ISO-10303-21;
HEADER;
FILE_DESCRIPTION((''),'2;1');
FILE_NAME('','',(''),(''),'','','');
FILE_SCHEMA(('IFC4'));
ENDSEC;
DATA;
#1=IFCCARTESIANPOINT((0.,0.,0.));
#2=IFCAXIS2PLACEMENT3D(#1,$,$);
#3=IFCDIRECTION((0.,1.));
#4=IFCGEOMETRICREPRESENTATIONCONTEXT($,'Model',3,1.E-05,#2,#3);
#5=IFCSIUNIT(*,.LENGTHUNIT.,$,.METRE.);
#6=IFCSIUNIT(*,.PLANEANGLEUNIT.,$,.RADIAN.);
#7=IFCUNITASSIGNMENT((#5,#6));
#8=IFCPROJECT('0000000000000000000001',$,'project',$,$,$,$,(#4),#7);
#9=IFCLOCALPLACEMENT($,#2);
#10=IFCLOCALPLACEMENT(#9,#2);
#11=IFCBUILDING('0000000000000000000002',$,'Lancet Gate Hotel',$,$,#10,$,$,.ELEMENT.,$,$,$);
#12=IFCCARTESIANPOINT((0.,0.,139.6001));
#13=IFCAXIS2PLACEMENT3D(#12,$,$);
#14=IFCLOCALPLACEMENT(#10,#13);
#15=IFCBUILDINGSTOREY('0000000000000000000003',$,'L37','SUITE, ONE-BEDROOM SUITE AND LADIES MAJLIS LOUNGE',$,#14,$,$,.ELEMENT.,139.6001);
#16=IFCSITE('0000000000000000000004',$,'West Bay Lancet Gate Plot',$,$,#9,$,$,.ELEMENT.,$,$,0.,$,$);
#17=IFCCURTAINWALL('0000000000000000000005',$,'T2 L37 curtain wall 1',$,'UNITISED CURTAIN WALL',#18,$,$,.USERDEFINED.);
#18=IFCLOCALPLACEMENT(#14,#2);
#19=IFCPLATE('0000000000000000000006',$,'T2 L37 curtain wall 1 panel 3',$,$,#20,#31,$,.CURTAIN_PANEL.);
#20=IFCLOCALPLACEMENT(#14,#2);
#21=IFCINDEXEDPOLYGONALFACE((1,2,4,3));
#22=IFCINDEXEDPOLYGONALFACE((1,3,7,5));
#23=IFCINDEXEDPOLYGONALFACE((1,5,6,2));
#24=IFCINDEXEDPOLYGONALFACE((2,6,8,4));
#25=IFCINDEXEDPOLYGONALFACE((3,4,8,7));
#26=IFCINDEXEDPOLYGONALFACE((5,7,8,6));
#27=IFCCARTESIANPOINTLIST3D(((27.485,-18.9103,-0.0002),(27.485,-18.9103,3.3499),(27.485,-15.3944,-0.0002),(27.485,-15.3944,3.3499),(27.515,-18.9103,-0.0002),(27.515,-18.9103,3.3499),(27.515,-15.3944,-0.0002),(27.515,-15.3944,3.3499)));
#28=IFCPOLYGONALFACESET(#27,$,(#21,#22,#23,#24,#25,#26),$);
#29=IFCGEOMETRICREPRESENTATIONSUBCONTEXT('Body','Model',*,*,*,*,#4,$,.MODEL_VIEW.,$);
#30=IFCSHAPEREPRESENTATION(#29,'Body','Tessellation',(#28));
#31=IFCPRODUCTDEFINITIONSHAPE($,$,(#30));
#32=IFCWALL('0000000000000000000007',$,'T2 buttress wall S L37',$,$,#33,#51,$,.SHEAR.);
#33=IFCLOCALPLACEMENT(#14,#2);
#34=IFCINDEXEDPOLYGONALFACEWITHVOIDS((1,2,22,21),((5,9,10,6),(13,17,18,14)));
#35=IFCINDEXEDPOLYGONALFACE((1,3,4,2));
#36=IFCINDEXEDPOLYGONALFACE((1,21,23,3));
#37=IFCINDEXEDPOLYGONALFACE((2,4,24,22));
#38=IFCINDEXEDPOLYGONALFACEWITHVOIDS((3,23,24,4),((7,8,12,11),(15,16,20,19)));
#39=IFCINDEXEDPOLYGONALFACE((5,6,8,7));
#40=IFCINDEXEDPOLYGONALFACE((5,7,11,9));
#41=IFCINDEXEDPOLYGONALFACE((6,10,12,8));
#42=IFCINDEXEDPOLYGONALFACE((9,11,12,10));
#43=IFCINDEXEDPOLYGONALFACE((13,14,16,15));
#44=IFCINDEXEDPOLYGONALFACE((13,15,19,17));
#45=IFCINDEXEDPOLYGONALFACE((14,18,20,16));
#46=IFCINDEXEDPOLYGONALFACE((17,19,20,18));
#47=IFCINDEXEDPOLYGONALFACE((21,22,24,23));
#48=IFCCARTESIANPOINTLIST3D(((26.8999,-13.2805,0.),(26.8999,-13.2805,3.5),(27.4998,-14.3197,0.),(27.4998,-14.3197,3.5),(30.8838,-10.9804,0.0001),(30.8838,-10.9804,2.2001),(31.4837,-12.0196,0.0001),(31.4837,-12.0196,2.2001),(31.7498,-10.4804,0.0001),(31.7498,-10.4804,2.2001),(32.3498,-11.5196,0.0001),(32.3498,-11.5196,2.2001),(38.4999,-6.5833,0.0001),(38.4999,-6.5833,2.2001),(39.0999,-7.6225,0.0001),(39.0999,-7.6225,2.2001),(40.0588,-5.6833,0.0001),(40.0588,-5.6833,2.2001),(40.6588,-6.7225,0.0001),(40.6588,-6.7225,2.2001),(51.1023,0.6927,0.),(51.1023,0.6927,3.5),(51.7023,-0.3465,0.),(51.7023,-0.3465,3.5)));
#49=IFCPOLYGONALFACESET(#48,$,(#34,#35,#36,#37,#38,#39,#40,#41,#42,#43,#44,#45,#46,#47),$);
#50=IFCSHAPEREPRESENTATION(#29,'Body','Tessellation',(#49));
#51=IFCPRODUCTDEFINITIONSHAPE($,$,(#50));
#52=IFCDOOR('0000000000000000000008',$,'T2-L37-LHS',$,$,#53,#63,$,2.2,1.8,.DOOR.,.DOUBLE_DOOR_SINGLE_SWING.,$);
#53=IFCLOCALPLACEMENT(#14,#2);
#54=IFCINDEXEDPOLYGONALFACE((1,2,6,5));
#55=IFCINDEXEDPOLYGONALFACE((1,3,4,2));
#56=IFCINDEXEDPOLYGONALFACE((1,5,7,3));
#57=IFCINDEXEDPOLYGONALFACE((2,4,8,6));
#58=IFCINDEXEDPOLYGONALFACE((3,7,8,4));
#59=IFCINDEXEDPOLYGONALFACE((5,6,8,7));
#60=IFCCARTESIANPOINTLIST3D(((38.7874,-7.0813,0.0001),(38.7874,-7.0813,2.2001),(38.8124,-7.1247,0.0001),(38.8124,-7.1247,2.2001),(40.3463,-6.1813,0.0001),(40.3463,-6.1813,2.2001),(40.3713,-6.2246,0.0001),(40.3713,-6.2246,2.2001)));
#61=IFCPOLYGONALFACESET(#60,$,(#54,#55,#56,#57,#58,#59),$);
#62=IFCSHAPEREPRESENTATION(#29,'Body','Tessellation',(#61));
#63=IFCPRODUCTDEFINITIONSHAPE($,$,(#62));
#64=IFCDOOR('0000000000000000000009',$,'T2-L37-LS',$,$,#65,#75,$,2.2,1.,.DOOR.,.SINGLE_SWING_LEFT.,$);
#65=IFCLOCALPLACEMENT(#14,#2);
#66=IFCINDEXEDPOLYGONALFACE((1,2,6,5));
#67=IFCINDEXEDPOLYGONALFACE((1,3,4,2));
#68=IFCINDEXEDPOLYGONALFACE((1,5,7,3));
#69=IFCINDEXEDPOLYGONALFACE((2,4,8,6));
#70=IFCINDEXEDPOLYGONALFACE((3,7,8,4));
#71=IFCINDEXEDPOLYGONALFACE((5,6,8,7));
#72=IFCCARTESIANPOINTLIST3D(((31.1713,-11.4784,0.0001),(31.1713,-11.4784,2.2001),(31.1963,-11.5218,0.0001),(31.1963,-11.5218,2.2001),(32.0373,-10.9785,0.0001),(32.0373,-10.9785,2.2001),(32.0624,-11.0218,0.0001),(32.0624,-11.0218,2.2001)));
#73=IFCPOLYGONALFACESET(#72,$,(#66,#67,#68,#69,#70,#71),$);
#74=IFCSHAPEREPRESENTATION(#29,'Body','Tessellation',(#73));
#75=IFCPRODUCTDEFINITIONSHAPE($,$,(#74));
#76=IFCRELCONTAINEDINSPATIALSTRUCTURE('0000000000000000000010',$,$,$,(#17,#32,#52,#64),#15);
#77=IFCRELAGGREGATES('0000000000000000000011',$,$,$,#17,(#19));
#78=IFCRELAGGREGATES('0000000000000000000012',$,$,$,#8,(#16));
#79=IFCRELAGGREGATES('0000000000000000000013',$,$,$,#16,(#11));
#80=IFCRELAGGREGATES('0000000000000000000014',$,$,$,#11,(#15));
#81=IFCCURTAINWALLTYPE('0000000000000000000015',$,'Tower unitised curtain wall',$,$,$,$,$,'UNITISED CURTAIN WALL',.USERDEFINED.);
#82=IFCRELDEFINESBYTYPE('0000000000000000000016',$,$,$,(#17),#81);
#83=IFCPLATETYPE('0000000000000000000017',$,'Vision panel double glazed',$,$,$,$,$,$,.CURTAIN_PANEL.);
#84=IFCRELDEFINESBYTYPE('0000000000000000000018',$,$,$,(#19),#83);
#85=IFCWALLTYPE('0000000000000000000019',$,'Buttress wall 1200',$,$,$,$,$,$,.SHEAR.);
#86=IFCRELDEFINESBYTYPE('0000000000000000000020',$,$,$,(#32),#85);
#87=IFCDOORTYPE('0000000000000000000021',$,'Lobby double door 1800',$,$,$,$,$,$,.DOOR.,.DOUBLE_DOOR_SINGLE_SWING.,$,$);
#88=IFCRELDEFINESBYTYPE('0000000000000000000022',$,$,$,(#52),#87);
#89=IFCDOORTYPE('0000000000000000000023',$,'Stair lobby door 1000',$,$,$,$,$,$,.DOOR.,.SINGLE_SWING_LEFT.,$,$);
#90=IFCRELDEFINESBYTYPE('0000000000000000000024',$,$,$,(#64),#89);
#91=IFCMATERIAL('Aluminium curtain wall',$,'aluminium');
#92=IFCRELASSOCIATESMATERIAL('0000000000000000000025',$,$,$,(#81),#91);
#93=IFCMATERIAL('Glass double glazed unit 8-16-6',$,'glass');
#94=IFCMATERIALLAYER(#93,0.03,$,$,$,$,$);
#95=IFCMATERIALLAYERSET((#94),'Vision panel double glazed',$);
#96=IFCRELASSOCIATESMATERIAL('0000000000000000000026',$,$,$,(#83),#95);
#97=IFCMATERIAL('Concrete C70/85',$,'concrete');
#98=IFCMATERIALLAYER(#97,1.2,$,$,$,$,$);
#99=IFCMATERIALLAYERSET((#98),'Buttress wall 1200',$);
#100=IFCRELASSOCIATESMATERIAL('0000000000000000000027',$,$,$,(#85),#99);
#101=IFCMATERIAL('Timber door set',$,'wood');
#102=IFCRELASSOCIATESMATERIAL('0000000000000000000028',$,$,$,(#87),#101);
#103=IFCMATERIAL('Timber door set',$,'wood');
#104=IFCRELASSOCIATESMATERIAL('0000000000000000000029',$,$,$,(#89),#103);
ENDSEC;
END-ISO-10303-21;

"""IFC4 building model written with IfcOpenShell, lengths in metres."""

from ifc_helpers import new_model, si_unit, direction, frame, frame_2d, origin, origin_2d, place, context, subcontext, project, spatial, rectangle, extrude, material, layer, layer_set, type_object, element, fill, aggregate, save


model = new_model("IFC4")

# Units and contexts
model_context = context("Model", 3, precision=1e-05, world=origin(), true_north=direction((0.0, 1.0)))
body_context = subcontext(model_context, "Body", "Model", "MODEL_VIEW")
ifc_project = project(units=[si_unit("LENGTHUNIT", "METRE"), si_unit("PLANEANGLEUNIT", "RADIAN")], contexts=[model_context])

# Site, building, storey
site_placement = place(None, origin())
site = spatial("IfcSite", under=ifc_project, at=site_placement, Name="West Bay Lancet Gate Plot", CompositionType="ELEMENT", RefElevation=0.0)
building_placement = place(site_placement, origin())
building = spatial("IfcBuilding", under=site, at=building_placement, Name="Lancet Gate Hotel", CompositionType="ELEMENT")
storey_placement = place(building_placement, frame((0.0, 0.0, 139.6001)))
storey = spatial("IfcBuildingStorey", under=building, at=storey_placement, Name="L37", Description="SUITE, ONE-BEDROOM SUITE AND LADIES MAJLIS LOUNGE", CompositionType="ELEMENT", Elevation=139.6001)

# Curtain wall
ifc_material_1 = material(Name="Aluminium curtain wall", Category="aluminium")
curtain_wall_type = type_object("IfcCurtainWallType", Name="Tower unitised curtain wall", ElementType="UNITISED CURTAIN WALL", PredefinedType="USERDEFINED", material=ifc_material_1)
curtain_wall_placement = place(storey_placement, origin())
curtain_wall = element("IfcCurtainWall", 1, at=curtain_wall_placement, inside=storey, type_object=curtain_wall_type, Name="T2 L37 curtain wall 1", ObjectType="UNITISED CURTAIN WALL", PredefinedType="USERDEFINED")

# Plate
ifc_material_2 = material(Name="Glass double glazed unit 8-16-6", Category="glass")
ifc_layer_1 = layer(ifc_material_2, 0.03)
ifc_layer_set_1 = layer_set([ifc_layer_1], Name="Vision panel double glazed")
plate_type = type_object("IfcPlateType", Name="Vision panel double glazed", PredefinedType="CURTAIN_PANEL", material=ifc_layer_set_1)
plate_1_placement = place(storey_placement, frame((27.5, -17.1523, -0.0002), z_axis=(0.0, 0.0, 1.0), x_axis=(0.0, -1.0, 0.0)))
plate_1 = element("IfcPlate", 2, at=plate_1_placement, type_object=plate_type, Name="T2 L37 curtain wall 1 panel 3", PredefinedType="CURTAIN_PANEL", context=body_context, shape_type="SweptSolid", body=[
    extrude(rectangle(XDim=3.5159, YDim=0.03, at=origin_2d()), origin(), (0.0, 0.0, 1.0), 3.3501),
])
aggregate(curtain_wall, [plate_1])

# Wall, openings, doors
ifc_material_3 = material(Name="Concrete C70/85", Category="concrete")
ifc_layer_2 = layer(ifc_material_3, 1.2)
ifc_layer_set_2 = layer_set([ifc_layer_2], Name="Buttress wall 1200")
wall_type = type_object("IfcWallType", Name="Buttress wall 1200", PredefinedType="SHEAR", material=ifc_layer_set_2)
wall_placement = place(storey_placement, frame((27.2, -13.8, 0.0), z_axis=(0.0, 0.0, 1.0), x_axis=(0.866027, 0.499997, 0.0)))
wall = element("IfcWall", 3, at=wall_placement, inside=storey, type_object=wall_type, Name="T2 buttress wall S L37", PredefinedType="SHEAR", context=body_context, shape_type="SweptSolid", body=[
    extrude(rectangle(XDim=27.9465, YDim=1.2, at=frame_2d((13.9731, 0.0))), origin(), (0.0, 0.0, 1.0), 3.5),
])
opening_1_placement = place(wall_placement, frame((4.6001, 0.0, 0.0)))
opening_1 = element("IfcOpeningElement", 4, at=opening_1_placement, cuts=wall, PredefinedType="OPENING", context=body_context, shape_type="SweptSolid", body=[
    extrude(rectangle(XDim=1.0, YDim=2.2, at=frame_2d((0.5, 1.1001))), frame((0.0, 0.6099, 0.0), z_axis=(0.0, -1.0, 0.0), x_axis=(1.0, 0.0, 0.0)), (0.0, 0.0, 1.0), 1.22),
])
opening_2_placement = place(wall_placement, frame((13.3945, 0.0, 0.0)))
opening_2 = element("IfcOpeningElement", 5, at=opening_2_placement, cuts=wall, PredefinedType="OPENING", context=body_context, shape_type="SweptSolid", body=[
    extrude(rectangle(XDim=1.8, YDim=2.2, at=frame_2d((0.8999, 1.1001))), frame((0.0, 0.6099, 0.0), z_axis=(0.0, -1.0, 0.0), x_axis=(1.0, 0.0, 0.0)), (0.0, 0.0, 1.0), 1.22),
])
ifc_material_4 = material(Name="Timber door set", Category="wood")
door_type_1 = type_object("IfcDoorType", Name="Lobby double door 1800", OperationType="DOUBLE_DOOR_SINGLE_SWING", PredefinedType="DOOR", material=ifc_material_4)
door_1_placement = place(opening_2_placement, origin())
door_1 = element("IfcDoor", 6, at=door_1_placement, inside=storey, type_object=door_type_1, Name="T2-L37-LHS", OperationType="DOUBLE_DOOR_SINGLE_SWING", OverallHeight=2.2, OverallWidth=1.8, PredefinedType="DOOR", context=body_context, shape_type="SweptSolid", body=[
    extrude(rectangle(XDim=1.8, YDim=2.2, at=frame_2d((0.8999, 1.1001))), frame((0.0, 0.0249, 0.0), z_axis=(0.0, -1.0, 0.0), x_axis=(1.0, 0.0, 0.0)), (0.0, 0.0, 1.0), 0.05),
])
fill(opening_2, door_1)
ifc_material_5 = material(Name="Timber door set", Category="wood")
door_type_2 = type_object("IfcDoorType", Name="Stair lobby door 1000", OperationType="SINGLE_SWING_LEFT", PredefinedType="DOOR", material=ifc_material_5)
door_2_placement = place(opening_1_placement, origin())
door_2 = element("IfcDoor", 7, at=door_2_placement, inside=storey, type_object=door_type_2, Name="T2-L37-LS", OperationType="SINGLE_SWING_LEFT", OverallHeight=2.2, OverallWidth=1.0, PredefinedType="DOOR", context=body_context, shape_type="SweptSolid", body=[
    extrude(rectangle(XDim=1.0, YDim=2.2, at=frame_2d((0.5, 1.1001))), frame((0.0, 0.0249, 0.0), z_axis=(0.0, -1.0, 0.0), x_axis=(1.0, 0.0, 0.0)), (0.0, 0.0, 1.0), 0.05),
])
fill(opening_1, door_2)

save(model, "model.ifc")
